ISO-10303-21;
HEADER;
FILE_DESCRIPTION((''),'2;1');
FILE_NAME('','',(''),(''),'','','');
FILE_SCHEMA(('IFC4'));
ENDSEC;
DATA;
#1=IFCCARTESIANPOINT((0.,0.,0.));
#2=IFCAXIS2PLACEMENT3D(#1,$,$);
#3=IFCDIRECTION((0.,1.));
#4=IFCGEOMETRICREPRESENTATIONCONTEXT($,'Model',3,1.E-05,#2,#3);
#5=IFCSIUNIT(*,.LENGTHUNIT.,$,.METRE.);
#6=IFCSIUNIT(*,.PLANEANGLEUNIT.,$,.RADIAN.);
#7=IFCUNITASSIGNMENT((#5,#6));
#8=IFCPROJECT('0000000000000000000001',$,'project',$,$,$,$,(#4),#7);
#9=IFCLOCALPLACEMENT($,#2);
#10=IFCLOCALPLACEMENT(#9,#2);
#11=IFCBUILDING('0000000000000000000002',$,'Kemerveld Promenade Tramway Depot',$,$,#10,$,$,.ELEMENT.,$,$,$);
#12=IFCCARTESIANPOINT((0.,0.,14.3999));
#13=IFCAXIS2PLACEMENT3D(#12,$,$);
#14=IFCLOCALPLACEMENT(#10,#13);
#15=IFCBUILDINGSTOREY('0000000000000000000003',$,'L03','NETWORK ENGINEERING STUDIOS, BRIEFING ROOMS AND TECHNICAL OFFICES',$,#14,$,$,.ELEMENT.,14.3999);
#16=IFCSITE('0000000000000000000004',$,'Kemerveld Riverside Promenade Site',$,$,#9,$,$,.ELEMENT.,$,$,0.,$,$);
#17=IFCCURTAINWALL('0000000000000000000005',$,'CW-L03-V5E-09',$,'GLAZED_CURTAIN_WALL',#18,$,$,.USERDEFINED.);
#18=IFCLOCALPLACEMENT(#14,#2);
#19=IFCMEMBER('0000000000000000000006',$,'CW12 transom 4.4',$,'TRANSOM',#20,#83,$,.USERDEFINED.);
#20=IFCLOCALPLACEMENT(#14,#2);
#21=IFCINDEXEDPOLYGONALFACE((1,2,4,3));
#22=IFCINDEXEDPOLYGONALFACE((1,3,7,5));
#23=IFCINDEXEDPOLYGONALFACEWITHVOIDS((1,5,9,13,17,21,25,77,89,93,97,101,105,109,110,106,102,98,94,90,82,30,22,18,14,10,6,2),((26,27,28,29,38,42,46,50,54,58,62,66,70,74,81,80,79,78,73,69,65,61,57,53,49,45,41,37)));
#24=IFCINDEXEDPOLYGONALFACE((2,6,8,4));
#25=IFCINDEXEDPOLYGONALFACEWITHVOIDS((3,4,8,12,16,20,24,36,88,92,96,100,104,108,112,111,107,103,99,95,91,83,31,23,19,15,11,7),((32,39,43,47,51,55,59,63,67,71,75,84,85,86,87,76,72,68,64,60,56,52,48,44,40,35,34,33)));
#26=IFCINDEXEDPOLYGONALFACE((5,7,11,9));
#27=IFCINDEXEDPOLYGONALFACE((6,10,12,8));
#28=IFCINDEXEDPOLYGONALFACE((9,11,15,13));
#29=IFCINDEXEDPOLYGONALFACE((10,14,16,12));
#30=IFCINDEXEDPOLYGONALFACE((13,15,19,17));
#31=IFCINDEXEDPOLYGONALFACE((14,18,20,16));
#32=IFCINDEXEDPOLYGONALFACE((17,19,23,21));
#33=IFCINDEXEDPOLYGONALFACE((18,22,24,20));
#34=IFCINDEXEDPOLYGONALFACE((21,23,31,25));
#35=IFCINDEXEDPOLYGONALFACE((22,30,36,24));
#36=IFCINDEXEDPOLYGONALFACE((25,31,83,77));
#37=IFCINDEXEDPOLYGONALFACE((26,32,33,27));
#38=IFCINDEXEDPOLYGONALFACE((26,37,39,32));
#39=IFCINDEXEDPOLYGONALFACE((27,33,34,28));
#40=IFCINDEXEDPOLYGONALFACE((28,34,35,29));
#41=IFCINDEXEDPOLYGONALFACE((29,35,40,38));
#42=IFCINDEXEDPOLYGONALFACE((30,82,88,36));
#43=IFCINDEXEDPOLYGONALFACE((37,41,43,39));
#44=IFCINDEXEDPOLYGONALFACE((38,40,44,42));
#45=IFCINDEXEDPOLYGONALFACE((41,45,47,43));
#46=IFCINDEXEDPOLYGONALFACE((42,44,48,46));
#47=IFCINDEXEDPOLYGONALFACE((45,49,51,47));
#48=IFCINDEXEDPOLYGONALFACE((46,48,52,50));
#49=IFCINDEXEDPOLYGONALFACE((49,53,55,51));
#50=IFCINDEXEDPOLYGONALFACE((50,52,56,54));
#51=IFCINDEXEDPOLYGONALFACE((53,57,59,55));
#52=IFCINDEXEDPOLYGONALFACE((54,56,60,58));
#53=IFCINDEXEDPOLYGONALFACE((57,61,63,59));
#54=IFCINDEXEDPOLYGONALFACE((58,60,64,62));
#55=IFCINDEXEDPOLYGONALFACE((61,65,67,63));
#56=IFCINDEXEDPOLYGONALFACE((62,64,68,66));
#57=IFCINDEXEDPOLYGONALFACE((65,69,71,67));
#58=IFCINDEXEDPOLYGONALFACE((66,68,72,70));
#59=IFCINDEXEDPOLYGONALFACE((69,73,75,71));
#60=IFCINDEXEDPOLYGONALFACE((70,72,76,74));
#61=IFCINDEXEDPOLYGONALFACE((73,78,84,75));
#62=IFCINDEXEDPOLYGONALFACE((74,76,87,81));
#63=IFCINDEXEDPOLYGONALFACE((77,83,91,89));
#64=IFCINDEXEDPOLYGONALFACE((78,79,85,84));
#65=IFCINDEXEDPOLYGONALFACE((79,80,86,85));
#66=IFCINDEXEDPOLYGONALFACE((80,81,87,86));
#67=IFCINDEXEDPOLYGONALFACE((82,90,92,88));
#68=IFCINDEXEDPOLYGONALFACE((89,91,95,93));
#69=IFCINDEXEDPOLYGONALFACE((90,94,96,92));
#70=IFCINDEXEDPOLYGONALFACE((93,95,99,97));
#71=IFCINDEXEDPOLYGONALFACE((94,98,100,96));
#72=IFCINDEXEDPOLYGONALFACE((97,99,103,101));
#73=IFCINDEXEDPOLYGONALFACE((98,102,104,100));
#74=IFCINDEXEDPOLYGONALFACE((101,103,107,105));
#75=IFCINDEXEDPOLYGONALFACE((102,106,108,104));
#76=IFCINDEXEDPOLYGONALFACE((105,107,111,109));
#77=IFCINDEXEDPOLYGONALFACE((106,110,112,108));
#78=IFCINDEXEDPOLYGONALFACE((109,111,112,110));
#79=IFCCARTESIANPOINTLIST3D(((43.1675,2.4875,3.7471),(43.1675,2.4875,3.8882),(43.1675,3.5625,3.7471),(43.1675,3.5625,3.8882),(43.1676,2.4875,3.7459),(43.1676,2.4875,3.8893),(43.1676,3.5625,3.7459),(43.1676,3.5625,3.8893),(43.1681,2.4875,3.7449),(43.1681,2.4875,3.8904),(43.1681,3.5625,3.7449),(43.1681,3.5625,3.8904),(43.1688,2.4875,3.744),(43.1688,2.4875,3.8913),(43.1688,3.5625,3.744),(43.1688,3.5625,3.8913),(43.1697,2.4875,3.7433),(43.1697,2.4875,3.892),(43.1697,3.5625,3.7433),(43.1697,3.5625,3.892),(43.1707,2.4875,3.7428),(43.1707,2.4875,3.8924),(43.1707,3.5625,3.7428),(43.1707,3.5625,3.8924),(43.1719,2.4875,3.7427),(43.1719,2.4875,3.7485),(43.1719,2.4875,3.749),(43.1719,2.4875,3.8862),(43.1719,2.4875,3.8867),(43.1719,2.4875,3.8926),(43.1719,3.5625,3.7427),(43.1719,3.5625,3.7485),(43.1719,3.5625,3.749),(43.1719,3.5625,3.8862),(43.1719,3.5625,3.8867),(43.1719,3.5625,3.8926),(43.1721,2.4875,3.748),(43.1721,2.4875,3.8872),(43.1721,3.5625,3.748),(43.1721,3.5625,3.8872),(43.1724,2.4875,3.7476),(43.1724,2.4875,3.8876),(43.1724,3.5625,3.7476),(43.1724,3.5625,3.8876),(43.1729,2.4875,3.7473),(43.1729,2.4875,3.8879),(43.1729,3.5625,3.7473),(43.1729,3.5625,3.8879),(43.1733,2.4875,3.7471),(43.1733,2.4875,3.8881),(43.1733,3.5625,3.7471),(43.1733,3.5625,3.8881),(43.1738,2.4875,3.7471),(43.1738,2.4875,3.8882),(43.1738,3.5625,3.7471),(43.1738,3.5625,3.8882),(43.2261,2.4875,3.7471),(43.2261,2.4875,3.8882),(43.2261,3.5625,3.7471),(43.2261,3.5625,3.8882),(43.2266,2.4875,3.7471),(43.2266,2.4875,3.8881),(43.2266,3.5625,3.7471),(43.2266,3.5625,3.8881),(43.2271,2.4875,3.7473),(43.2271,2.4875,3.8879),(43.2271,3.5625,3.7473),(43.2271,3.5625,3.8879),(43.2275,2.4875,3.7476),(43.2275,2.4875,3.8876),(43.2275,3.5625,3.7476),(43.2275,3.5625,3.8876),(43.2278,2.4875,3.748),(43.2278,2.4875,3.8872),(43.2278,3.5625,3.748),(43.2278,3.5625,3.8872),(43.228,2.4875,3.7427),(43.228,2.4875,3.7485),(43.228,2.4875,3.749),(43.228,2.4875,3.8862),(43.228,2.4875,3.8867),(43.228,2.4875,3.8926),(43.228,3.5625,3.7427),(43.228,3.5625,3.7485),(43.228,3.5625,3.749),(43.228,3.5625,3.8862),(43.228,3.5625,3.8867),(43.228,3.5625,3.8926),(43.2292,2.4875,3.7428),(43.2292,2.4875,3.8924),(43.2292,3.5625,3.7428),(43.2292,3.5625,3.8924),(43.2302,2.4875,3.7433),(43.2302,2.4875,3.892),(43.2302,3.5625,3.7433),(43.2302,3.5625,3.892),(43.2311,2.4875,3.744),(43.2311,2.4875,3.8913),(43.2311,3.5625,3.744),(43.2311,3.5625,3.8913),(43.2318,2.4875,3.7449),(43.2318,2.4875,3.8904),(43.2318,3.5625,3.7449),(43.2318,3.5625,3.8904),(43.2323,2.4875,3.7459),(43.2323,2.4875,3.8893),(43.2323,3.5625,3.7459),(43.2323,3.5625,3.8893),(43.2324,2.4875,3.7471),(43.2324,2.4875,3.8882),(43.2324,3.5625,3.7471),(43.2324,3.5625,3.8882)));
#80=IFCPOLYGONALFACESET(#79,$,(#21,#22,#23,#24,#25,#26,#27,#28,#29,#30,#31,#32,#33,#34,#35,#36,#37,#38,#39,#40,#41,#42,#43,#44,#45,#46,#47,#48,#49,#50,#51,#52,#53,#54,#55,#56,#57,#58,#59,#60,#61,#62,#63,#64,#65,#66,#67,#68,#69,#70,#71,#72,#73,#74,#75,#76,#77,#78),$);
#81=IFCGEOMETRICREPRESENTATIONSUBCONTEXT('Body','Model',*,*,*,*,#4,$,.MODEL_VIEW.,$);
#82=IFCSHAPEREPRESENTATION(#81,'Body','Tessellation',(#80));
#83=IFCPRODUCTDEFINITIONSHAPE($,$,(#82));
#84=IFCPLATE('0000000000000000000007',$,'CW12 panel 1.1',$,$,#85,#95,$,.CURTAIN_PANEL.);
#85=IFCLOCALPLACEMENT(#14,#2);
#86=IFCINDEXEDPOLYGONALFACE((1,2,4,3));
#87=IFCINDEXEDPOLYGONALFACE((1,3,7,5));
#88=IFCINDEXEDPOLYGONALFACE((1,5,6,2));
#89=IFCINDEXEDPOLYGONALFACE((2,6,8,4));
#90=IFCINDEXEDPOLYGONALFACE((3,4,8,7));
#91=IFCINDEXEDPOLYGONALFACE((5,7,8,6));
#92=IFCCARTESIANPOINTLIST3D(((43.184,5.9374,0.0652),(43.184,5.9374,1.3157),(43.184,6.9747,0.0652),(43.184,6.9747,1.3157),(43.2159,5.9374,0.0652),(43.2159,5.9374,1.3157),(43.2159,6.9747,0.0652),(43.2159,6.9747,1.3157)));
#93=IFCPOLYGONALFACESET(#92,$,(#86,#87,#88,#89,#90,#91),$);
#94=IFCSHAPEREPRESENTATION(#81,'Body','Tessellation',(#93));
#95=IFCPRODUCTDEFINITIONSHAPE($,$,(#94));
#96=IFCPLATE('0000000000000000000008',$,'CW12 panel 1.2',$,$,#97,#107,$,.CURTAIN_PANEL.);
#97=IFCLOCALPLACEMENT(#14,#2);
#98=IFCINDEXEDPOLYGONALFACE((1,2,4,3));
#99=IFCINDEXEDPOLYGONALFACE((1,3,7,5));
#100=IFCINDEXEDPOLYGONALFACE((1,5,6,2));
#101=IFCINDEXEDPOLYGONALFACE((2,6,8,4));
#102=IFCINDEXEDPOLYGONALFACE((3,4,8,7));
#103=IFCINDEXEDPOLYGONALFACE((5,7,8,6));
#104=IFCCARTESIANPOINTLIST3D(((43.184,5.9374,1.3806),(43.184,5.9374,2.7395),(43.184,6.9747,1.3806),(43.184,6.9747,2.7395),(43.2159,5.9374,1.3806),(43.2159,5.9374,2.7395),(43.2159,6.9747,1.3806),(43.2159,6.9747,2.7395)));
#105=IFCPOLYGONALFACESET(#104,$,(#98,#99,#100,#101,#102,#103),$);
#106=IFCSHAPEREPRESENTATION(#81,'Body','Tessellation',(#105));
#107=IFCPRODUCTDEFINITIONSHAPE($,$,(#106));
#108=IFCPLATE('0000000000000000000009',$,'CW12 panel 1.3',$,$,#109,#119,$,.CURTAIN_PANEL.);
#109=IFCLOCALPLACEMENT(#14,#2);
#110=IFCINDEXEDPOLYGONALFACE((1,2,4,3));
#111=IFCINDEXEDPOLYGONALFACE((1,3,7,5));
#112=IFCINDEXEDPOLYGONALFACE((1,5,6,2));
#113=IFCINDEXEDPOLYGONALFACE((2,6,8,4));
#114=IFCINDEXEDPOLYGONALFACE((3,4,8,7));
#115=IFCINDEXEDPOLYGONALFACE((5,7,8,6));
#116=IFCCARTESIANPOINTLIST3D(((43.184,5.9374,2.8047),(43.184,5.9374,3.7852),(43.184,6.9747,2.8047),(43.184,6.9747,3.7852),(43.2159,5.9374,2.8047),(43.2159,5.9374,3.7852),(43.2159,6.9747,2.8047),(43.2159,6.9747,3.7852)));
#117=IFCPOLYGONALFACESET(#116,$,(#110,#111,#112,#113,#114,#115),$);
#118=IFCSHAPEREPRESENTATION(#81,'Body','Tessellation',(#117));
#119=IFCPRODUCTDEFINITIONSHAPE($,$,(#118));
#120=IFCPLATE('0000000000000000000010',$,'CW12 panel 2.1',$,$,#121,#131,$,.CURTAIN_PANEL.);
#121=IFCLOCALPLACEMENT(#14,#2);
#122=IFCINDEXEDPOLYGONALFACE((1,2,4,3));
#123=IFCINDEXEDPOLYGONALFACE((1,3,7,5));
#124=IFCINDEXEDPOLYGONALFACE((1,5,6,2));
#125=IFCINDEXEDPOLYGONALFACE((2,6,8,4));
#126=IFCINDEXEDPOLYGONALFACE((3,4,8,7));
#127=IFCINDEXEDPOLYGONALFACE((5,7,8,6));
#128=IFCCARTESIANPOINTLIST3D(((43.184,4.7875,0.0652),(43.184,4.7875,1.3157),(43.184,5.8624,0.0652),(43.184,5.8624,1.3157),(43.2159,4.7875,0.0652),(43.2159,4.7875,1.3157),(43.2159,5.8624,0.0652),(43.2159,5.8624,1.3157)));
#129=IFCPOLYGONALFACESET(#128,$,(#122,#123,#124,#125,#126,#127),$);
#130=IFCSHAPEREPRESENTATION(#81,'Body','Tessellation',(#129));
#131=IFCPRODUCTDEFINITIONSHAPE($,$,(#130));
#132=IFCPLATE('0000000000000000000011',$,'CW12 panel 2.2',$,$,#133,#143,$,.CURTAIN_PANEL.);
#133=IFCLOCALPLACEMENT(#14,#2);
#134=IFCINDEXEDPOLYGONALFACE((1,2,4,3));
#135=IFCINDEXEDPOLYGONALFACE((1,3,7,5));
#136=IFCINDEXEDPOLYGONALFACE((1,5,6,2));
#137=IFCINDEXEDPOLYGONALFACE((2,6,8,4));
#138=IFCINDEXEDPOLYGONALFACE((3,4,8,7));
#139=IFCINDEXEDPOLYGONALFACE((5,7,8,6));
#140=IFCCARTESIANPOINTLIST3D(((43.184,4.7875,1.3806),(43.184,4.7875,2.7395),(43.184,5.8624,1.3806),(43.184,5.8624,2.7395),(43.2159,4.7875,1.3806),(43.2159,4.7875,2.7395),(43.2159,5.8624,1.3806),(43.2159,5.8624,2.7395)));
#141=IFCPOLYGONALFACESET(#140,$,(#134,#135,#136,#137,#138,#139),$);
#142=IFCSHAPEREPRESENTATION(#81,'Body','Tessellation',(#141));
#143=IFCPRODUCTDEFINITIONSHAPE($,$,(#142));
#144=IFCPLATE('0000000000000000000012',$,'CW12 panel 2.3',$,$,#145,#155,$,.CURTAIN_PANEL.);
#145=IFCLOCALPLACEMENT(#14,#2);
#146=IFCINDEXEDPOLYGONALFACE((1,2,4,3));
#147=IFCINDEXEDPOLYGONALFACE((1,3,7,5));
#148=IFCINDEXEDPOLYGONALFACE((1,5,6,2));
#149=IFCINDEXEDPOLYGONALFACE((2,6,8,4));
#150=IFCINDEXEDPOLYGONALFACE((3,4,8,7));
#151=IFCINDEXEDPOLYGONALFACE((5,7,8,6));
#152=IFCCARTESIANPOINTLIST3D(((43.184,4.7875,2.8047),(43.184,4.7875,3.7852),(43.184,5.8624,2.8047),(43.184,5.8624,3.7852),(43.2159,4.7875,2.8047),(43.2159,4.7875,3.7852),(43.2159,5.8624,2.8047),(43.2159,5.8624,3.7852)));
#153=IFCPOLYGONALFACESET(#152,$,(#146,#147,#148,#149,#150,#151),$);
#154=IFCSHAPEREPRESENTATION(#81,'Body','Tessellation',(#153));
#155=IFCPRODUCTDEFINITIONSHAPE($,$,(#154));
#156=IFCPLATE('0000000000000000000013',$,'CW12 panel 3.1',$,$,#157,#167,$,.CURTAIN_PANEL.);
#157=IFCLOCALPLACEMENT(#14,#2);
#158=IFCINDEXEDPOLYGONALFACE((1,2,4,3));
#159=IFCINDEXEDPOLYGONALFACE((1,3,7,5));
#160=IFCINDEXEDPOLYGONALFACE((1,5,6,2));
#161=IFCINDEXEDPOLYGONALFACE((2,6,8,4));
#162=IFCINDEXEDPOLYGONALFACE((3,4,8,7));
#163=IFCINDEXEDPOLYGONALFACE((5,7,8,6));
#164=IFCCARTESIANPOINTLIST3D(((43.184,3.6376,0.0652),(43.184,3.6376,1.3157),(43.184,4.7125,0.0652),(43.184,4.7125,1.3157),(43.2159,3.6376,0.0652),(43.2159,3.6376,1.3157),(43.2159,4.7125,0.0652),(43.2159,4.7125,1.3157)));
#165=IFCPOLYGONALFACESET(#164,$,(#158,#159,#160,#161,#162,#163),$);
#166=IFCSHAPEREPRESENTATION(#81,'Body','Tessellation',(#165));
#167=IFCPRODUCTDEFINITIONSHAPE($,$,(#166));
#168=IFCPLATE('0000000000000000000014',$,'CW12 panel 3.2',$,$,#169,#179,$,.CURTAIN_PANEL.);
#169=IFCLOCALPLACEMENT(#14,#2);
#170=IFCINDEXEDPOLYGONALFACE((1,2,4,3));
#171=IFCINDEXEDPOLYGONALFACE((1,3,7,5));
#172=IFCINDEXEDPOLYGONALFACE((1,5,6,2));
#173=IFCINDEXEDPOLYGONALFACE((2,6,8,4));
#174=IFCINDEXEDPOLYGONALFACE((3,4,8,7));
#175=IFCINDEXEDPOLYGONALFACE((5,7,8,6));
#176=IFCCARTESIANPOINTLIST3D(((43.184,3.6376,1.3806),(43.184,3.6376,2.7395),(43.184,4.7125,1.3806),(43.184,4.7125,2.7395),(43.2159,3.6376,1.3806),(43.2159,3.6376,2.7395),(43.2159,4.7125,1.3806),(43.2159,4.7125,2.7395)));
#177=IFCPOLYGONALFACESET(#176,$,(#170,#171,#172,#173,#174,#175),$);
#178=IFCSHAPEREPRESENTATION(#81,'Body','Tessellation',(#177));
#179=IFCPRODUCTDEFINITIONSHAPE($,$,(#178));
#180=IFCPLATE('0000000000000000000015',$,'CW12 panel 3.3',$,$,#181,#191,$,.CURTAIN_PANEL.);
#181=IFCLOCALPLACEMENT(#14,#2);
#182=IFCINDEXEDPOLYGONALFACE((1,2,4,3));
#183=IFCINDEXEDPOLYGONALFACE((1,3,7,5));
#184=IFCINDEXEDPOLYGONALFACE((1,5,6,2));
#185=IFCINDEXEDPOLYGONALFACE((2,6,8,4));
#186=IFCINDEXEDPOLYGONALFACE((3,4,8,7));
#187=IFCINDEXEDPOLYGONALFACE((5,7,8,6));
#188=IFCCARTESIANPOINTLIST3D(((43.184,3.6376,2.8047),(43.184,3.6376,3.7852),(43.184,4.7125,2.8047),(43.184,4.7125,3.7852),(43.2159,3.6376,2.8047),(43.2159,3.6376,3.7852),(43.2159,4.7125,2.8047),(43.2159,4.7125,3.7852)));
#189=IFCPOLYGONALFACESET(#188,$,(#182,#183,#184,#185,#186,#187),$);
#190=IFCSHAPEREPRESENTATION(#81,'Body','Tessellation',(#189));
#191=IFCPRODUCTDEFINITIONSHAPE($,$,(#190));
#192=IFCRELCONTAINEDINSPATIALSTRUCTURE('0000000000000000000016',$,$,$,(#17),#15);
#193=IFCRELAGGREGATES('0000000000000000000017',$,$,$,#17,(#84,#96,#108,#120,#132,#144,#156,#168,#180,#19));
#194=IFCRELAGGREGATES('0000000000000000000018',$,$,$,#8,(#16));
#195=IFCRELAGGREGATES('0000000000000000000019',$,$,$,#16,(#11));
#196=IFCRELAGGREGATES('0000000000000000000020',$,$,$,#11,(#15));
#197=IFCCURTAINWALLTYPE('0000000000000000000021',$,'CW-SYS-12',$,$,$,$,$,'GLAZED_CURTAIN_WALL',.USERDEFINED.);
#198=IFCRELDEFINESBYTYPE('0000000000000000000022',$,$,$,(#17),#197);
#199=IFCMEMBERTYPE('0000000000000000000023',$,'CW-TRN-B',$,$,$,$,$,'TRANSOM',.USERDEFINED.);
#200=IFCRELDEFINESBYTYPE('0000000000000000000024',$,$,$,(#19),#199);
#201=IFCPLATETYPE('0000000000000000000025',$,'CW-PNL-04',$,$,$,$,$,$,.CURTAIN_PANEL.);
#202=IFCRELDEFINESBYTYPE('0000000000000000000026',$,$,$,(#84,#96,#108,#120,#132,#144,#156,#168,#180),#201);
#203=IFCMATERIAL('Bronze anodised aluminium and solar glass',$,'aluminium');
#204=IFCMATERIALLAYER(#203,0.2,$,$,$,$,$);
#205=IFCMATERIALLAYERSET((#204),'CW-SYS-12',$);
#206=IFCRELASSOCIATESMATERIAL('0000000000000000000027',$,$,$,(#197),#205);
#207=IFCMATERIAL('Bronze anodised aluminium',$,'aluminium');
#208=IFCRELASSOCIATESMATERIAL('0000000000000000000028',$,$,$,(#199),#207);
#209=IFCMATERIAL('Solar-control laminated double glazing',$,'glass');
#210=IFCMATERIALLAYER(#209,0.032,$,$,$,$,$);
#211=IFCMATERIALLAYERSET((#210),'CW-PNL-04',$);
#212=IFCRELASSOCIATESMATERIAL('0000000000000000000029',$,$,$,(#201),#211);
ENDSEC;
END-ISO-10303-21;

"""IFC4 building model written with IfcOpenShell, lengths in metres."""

from ifc_helpers import new_model, si_unit, direction, frame, origin, origin_2d, place, context, subcontext, project, spatial, rectangle, hollow_rectangle, extrude, material, layer, layer_set, material_profile, profile_set, type_object, element, aggregate, save


model = new_model("IFC4")

# Units and contexts
model_context = context("Model", 3, precision=1e-05, world=origin(), true_north=direction((0.0, 1.0)))
body_context = subcontext(model_context, "Body", "Model", "MODEL_VIEW")
ifc_project = project(units=[si_unit("LENGTHUNIT", "METRE"), si_unit("PLANEANGLEUNIT", "RADIAN")], contexts=[model_context])

# Site, building, storey
site_placement = place(None, origin())
site = spatial("IfcSite", under=ifc_project, at=site_placement, Name="Kemerveld Riverside Promenade Site", CompositionType="ELEMENT", RefElevation=0.0)
building_placement = place(site_placement, origin())
building = spatial("IfcBuilding", under=site, at=building_placement, Name="Kemerveld Promenade Tramway Depot", CompositionType="ELEMENT")
storey_placement = place(building_placement, frame((0.0, 0.0, 14.3999)))
storey = spatial("IfcBuildingStorey", under=building, at=storey_placement, Name="L03", Description="NETWORK ENGINEERING STUDIOS, BRIEFING ROOMS AND TECHNICAL OFFICES", CompositionType="ELEMENT", Elevation=14.3999)

# Curtain wall, member, plates
ifc_material_1 = material(Name="Bronze anodised aluminium and solar glass", Category="aluminium")
ifc_layer_1 = layer(ifc_material_1, 0.2)
ifc_layer_set_1 = layer_set([ifc_layer_1], Name="CW-SYS-12")
curtain_wall_type = type_object("IfcCurtainWallType", Name="CW-SYS-12", ElementType="GLAZED_CURTAIN_WALL", PredefinedType="USERDEFINED", material=ifc_layer_set_1)
curtain_wall_placement = place(storey_placement, origin())
curtain_wall = element("IfcCurtainWall", 1, at=curtain_wall_placement, inside=storey, type_object=curtain_wall_type, Name="CW-L03-V5E-09", ObjectType="GLAZED_CURTAIN_WALL", PredefinedType="USERDEFINED")
ifc_material_2 = material(Name="Bronze anodised aluminium", Category="aluminium")
ifc_material_profile_1 = material_profile(ifc_material_2, hollow_rectangle(XDim=0.0649, YDim=0.1499, WallThickness=0.0044, InnerFilletRadius=0.002, OuterFilletRadius=0.0044, at=origin_2d()), Name="CW-TRN-150x65")
ifc_profile_set_1 = profile_set([ifc_material_profile_1], Name="Bronze anodised aluminium")
member_type_1 = type_object("IfcMemberType", Name="CW-TRN-B", ElementType="TRANSOM", PredefinedType="USERDEFINED", material=ifc_profile_set_1)
member_1_placement = place(storey_placement, frame((43.2, 3.5625, 3.8176), z_axis=(0.0, -1.0, 0.0), x_axis=(1.0, 0.0, 0.0)))
member_1 = element("IfcMember", 2, at=member_1_placement, type_object=member_type_1, Name="CW12 transom 4.4", ObjectType="TRANSOM", PredefinedType="USERDEFINED", context=body_context, shape_type="SweptSolid", body=[
    extrude(hollow_rectangle(XDim=0.0649, YDim=0.1499, WallThickness=0.0044, InnerFilletRadius=0.002, OuterFilletRadius=0.0044, at=origin_2d()), origin(), (0.0, 0.0, 1.0), 1.075),
])
ifc_material_3 = material(Name="Solar-control laminated double glazing", Category="glass")
ifc_layer_2 = layer(ifc_material_3, 0.032)
ifc_layer_set_2 = layer_set([ifc_layer_2], Name="CW-PNL-04")
plate_type = type_object("IfcPlateType", Name="CW-PNL-04", PredefinedType="CURTAIN_PANEL", material=ifc_layer_set_2)
plate_1_placement = place(storey_placement, frame((43.2, 6.4561, 0.0652), z_axis=(0.0, 0.0, 1.0), x_axis=(0.0, -1.0, 0.0)))
plate_1 = element("IfcPlate", 3, at=plate_1_placement, type_object=plate_type, Name="CW12 panel 1.1", PredefinedType="CURTAIN_PANEL", context=body_context, shape_type="SweptSolid", body=[
    extrude(rectangle(XDim=1.0374, YDim=0.032, at=origin_2d()), origin(), (0.0, 0.0, 1.0), 1.2505),
])
plate_2_placement = place(storey_placement, frame((43.2, 6.4561, 1.3806), z_axis=(0.0, 0.0, 1.0), x_axis=(0.0, -1.0, 0.0)))
plate_2 = element("IfcPlate", 4, at=plate_2_placement, type_object=plate_type, Name="CW12 panel 1.2", PredefinedType="CURTAIN_PANEL", context=body_context, shape_type="SweptSolid", body=[
    extrude(rectangle(XDim=1.0374, YDim=0.032, at=origin_2d()), origin(), (0.0, 0.0, 1.0), 1.3589),
])
plate_3_placement = place(storey_placement, frame((43.2, 6.4561, 2.8047), z_axis=(0.0, 0.0, 1.0), x_axis=(0.0, -1.0, 0.0)))
plate_3 = element("IfcPlate", 5, at=plate_3_placement, type_object=plate_type, Name="CW12 panel 1.3", PredefinedType="CURTAIN_PANEL", context=body_context, shape_type="SweptSolid", body=[
    extrude(rectangle(XDim=1.0374, YDim=0.032, at=origin_2d()), origin(), (0.0, 0.0, 1.0), 0.9805),
])
plate_4_placement = place(storey_placement, frame((43.2, 5.325, 0.0652), z_axis=(0.0, 0.0, 1.0), x_axis=(0.0, -1.0, 0.0)))
plate_4 = element("IfcPlate", 6, at=plate_4_placement, type_object=plate_type, Name="CW12 panel 2.1", PredefinedType="CURTAIN_PANEL", context=body_context, shape_type="SweptSolid", body=[
    extrude(rectangle(XDim=1.075, YDim=0.032, at=origin_2d()), origin(), (0.0, 0.0, 1.0), 1.2505),
])
plate_5_placement = place(storey_placement, frame((43.2, 5.325, 1.3806), z_axis=(0.0, 0.0, 1.0), x_axis=(0.0, -1.0, 0.0)))
plate_5 = element("IfcPlate", 7, at=plate_5_placement, type_object=plate_type, Name="CW12 panel 2.2", PredefinedType="CURTAIN_PANEL", context=body_context, shape_type="SweptSolid", body=[
    extrude(rectangle(XDim=1.075, YDim=0.032, at=origin_2d()), origin(), (0.0, 0.0, 1.0), 1.3589),
])
plate_6_placement = place(storey_placement, frame((43.2, 5.325, 2.8047), z_axis=(0.0, 0.0, 1.0), x_axis=(0.0, -1.0, 0.0)))
plate_6 = element("IfcPlate", 8, at=plate_6_placement, type_object=plate_type, Name="CW12 panel 2.3", PredefinedType="CURTAIN_PANEL", context=body_context, shape_type="SweptSolid", body=[
    extrude(rectangle(XDim=1.075, YDim=0.032, at=origin_2d()), origin(), (0.0, 0.0, 1.0), 0.9805),
])
plate_7_placement = place(storey_placement, frame((43.2, 4.175, 0.0652), z_axis=(0.0, 0.0, 1.0), x_axis=(0.0, -1.0, 0.0)))
plate_7 = element("IfcPlate", 9, at=plate_7_placement, type_object=plate_type, Name="CW12 panel 3.1", PredefinedType="CURTAIN_PANEL", context=body_context, shape_type="SweptSolid", body=[
    extrude(rectangle(XDim=1.075, YDim=0.032, at=origin_2d()), origin(), (0.0, 0.0, 1.0), 1.2505),
])
plate_8_placement = place(storey_placement, frame((43.2, 4.175, 1.3806), z_axis=(0.0, 0.0, 1.0), x_axis=(0.0, -1.0, 0.0)))
plate_8 = element("IfcPlate", 10, at=plate_8_placement, type_object=plate_type, Name="CW12 panel 3.2", PredefinedType="CURTAIN_PANEL", context=body_context, shape_type="SweptSolid", body=[
    extrude(rectangle(XDim=1.075, YDim=0.032, at=origin_2d()), origin(), (0.0, 0.0, 1.0), 1.3589),
])
plate_9_placement = place(storey_placement, frame((43.2, 4.175, 2.8047), z_axis=(0.0, 0.0, 1.0), x_axis=(0.0, -1.0, 0.0)))
plate_9 = element("IfcPlate", 11, at=plate_9_placement, type_object=plate_type, Name="CW12 panel 3.3", PredefinedType="CURTAIN_PANEL", context=body_context, shape_type="SweptSolid", body=[
    extrude(rectangle(XDim=1.075, YDim=0.032, at=origin_2d()), origin(), (0.0, 0.0, 1.0), 0.9805),
])
aggregate(curtain_wall, [plate_1, plate_2, plate_3, plate_4, plate_5, plate_6, plate_7, plate_8, plate_9, member_1])

save(model, "model.ifc")
